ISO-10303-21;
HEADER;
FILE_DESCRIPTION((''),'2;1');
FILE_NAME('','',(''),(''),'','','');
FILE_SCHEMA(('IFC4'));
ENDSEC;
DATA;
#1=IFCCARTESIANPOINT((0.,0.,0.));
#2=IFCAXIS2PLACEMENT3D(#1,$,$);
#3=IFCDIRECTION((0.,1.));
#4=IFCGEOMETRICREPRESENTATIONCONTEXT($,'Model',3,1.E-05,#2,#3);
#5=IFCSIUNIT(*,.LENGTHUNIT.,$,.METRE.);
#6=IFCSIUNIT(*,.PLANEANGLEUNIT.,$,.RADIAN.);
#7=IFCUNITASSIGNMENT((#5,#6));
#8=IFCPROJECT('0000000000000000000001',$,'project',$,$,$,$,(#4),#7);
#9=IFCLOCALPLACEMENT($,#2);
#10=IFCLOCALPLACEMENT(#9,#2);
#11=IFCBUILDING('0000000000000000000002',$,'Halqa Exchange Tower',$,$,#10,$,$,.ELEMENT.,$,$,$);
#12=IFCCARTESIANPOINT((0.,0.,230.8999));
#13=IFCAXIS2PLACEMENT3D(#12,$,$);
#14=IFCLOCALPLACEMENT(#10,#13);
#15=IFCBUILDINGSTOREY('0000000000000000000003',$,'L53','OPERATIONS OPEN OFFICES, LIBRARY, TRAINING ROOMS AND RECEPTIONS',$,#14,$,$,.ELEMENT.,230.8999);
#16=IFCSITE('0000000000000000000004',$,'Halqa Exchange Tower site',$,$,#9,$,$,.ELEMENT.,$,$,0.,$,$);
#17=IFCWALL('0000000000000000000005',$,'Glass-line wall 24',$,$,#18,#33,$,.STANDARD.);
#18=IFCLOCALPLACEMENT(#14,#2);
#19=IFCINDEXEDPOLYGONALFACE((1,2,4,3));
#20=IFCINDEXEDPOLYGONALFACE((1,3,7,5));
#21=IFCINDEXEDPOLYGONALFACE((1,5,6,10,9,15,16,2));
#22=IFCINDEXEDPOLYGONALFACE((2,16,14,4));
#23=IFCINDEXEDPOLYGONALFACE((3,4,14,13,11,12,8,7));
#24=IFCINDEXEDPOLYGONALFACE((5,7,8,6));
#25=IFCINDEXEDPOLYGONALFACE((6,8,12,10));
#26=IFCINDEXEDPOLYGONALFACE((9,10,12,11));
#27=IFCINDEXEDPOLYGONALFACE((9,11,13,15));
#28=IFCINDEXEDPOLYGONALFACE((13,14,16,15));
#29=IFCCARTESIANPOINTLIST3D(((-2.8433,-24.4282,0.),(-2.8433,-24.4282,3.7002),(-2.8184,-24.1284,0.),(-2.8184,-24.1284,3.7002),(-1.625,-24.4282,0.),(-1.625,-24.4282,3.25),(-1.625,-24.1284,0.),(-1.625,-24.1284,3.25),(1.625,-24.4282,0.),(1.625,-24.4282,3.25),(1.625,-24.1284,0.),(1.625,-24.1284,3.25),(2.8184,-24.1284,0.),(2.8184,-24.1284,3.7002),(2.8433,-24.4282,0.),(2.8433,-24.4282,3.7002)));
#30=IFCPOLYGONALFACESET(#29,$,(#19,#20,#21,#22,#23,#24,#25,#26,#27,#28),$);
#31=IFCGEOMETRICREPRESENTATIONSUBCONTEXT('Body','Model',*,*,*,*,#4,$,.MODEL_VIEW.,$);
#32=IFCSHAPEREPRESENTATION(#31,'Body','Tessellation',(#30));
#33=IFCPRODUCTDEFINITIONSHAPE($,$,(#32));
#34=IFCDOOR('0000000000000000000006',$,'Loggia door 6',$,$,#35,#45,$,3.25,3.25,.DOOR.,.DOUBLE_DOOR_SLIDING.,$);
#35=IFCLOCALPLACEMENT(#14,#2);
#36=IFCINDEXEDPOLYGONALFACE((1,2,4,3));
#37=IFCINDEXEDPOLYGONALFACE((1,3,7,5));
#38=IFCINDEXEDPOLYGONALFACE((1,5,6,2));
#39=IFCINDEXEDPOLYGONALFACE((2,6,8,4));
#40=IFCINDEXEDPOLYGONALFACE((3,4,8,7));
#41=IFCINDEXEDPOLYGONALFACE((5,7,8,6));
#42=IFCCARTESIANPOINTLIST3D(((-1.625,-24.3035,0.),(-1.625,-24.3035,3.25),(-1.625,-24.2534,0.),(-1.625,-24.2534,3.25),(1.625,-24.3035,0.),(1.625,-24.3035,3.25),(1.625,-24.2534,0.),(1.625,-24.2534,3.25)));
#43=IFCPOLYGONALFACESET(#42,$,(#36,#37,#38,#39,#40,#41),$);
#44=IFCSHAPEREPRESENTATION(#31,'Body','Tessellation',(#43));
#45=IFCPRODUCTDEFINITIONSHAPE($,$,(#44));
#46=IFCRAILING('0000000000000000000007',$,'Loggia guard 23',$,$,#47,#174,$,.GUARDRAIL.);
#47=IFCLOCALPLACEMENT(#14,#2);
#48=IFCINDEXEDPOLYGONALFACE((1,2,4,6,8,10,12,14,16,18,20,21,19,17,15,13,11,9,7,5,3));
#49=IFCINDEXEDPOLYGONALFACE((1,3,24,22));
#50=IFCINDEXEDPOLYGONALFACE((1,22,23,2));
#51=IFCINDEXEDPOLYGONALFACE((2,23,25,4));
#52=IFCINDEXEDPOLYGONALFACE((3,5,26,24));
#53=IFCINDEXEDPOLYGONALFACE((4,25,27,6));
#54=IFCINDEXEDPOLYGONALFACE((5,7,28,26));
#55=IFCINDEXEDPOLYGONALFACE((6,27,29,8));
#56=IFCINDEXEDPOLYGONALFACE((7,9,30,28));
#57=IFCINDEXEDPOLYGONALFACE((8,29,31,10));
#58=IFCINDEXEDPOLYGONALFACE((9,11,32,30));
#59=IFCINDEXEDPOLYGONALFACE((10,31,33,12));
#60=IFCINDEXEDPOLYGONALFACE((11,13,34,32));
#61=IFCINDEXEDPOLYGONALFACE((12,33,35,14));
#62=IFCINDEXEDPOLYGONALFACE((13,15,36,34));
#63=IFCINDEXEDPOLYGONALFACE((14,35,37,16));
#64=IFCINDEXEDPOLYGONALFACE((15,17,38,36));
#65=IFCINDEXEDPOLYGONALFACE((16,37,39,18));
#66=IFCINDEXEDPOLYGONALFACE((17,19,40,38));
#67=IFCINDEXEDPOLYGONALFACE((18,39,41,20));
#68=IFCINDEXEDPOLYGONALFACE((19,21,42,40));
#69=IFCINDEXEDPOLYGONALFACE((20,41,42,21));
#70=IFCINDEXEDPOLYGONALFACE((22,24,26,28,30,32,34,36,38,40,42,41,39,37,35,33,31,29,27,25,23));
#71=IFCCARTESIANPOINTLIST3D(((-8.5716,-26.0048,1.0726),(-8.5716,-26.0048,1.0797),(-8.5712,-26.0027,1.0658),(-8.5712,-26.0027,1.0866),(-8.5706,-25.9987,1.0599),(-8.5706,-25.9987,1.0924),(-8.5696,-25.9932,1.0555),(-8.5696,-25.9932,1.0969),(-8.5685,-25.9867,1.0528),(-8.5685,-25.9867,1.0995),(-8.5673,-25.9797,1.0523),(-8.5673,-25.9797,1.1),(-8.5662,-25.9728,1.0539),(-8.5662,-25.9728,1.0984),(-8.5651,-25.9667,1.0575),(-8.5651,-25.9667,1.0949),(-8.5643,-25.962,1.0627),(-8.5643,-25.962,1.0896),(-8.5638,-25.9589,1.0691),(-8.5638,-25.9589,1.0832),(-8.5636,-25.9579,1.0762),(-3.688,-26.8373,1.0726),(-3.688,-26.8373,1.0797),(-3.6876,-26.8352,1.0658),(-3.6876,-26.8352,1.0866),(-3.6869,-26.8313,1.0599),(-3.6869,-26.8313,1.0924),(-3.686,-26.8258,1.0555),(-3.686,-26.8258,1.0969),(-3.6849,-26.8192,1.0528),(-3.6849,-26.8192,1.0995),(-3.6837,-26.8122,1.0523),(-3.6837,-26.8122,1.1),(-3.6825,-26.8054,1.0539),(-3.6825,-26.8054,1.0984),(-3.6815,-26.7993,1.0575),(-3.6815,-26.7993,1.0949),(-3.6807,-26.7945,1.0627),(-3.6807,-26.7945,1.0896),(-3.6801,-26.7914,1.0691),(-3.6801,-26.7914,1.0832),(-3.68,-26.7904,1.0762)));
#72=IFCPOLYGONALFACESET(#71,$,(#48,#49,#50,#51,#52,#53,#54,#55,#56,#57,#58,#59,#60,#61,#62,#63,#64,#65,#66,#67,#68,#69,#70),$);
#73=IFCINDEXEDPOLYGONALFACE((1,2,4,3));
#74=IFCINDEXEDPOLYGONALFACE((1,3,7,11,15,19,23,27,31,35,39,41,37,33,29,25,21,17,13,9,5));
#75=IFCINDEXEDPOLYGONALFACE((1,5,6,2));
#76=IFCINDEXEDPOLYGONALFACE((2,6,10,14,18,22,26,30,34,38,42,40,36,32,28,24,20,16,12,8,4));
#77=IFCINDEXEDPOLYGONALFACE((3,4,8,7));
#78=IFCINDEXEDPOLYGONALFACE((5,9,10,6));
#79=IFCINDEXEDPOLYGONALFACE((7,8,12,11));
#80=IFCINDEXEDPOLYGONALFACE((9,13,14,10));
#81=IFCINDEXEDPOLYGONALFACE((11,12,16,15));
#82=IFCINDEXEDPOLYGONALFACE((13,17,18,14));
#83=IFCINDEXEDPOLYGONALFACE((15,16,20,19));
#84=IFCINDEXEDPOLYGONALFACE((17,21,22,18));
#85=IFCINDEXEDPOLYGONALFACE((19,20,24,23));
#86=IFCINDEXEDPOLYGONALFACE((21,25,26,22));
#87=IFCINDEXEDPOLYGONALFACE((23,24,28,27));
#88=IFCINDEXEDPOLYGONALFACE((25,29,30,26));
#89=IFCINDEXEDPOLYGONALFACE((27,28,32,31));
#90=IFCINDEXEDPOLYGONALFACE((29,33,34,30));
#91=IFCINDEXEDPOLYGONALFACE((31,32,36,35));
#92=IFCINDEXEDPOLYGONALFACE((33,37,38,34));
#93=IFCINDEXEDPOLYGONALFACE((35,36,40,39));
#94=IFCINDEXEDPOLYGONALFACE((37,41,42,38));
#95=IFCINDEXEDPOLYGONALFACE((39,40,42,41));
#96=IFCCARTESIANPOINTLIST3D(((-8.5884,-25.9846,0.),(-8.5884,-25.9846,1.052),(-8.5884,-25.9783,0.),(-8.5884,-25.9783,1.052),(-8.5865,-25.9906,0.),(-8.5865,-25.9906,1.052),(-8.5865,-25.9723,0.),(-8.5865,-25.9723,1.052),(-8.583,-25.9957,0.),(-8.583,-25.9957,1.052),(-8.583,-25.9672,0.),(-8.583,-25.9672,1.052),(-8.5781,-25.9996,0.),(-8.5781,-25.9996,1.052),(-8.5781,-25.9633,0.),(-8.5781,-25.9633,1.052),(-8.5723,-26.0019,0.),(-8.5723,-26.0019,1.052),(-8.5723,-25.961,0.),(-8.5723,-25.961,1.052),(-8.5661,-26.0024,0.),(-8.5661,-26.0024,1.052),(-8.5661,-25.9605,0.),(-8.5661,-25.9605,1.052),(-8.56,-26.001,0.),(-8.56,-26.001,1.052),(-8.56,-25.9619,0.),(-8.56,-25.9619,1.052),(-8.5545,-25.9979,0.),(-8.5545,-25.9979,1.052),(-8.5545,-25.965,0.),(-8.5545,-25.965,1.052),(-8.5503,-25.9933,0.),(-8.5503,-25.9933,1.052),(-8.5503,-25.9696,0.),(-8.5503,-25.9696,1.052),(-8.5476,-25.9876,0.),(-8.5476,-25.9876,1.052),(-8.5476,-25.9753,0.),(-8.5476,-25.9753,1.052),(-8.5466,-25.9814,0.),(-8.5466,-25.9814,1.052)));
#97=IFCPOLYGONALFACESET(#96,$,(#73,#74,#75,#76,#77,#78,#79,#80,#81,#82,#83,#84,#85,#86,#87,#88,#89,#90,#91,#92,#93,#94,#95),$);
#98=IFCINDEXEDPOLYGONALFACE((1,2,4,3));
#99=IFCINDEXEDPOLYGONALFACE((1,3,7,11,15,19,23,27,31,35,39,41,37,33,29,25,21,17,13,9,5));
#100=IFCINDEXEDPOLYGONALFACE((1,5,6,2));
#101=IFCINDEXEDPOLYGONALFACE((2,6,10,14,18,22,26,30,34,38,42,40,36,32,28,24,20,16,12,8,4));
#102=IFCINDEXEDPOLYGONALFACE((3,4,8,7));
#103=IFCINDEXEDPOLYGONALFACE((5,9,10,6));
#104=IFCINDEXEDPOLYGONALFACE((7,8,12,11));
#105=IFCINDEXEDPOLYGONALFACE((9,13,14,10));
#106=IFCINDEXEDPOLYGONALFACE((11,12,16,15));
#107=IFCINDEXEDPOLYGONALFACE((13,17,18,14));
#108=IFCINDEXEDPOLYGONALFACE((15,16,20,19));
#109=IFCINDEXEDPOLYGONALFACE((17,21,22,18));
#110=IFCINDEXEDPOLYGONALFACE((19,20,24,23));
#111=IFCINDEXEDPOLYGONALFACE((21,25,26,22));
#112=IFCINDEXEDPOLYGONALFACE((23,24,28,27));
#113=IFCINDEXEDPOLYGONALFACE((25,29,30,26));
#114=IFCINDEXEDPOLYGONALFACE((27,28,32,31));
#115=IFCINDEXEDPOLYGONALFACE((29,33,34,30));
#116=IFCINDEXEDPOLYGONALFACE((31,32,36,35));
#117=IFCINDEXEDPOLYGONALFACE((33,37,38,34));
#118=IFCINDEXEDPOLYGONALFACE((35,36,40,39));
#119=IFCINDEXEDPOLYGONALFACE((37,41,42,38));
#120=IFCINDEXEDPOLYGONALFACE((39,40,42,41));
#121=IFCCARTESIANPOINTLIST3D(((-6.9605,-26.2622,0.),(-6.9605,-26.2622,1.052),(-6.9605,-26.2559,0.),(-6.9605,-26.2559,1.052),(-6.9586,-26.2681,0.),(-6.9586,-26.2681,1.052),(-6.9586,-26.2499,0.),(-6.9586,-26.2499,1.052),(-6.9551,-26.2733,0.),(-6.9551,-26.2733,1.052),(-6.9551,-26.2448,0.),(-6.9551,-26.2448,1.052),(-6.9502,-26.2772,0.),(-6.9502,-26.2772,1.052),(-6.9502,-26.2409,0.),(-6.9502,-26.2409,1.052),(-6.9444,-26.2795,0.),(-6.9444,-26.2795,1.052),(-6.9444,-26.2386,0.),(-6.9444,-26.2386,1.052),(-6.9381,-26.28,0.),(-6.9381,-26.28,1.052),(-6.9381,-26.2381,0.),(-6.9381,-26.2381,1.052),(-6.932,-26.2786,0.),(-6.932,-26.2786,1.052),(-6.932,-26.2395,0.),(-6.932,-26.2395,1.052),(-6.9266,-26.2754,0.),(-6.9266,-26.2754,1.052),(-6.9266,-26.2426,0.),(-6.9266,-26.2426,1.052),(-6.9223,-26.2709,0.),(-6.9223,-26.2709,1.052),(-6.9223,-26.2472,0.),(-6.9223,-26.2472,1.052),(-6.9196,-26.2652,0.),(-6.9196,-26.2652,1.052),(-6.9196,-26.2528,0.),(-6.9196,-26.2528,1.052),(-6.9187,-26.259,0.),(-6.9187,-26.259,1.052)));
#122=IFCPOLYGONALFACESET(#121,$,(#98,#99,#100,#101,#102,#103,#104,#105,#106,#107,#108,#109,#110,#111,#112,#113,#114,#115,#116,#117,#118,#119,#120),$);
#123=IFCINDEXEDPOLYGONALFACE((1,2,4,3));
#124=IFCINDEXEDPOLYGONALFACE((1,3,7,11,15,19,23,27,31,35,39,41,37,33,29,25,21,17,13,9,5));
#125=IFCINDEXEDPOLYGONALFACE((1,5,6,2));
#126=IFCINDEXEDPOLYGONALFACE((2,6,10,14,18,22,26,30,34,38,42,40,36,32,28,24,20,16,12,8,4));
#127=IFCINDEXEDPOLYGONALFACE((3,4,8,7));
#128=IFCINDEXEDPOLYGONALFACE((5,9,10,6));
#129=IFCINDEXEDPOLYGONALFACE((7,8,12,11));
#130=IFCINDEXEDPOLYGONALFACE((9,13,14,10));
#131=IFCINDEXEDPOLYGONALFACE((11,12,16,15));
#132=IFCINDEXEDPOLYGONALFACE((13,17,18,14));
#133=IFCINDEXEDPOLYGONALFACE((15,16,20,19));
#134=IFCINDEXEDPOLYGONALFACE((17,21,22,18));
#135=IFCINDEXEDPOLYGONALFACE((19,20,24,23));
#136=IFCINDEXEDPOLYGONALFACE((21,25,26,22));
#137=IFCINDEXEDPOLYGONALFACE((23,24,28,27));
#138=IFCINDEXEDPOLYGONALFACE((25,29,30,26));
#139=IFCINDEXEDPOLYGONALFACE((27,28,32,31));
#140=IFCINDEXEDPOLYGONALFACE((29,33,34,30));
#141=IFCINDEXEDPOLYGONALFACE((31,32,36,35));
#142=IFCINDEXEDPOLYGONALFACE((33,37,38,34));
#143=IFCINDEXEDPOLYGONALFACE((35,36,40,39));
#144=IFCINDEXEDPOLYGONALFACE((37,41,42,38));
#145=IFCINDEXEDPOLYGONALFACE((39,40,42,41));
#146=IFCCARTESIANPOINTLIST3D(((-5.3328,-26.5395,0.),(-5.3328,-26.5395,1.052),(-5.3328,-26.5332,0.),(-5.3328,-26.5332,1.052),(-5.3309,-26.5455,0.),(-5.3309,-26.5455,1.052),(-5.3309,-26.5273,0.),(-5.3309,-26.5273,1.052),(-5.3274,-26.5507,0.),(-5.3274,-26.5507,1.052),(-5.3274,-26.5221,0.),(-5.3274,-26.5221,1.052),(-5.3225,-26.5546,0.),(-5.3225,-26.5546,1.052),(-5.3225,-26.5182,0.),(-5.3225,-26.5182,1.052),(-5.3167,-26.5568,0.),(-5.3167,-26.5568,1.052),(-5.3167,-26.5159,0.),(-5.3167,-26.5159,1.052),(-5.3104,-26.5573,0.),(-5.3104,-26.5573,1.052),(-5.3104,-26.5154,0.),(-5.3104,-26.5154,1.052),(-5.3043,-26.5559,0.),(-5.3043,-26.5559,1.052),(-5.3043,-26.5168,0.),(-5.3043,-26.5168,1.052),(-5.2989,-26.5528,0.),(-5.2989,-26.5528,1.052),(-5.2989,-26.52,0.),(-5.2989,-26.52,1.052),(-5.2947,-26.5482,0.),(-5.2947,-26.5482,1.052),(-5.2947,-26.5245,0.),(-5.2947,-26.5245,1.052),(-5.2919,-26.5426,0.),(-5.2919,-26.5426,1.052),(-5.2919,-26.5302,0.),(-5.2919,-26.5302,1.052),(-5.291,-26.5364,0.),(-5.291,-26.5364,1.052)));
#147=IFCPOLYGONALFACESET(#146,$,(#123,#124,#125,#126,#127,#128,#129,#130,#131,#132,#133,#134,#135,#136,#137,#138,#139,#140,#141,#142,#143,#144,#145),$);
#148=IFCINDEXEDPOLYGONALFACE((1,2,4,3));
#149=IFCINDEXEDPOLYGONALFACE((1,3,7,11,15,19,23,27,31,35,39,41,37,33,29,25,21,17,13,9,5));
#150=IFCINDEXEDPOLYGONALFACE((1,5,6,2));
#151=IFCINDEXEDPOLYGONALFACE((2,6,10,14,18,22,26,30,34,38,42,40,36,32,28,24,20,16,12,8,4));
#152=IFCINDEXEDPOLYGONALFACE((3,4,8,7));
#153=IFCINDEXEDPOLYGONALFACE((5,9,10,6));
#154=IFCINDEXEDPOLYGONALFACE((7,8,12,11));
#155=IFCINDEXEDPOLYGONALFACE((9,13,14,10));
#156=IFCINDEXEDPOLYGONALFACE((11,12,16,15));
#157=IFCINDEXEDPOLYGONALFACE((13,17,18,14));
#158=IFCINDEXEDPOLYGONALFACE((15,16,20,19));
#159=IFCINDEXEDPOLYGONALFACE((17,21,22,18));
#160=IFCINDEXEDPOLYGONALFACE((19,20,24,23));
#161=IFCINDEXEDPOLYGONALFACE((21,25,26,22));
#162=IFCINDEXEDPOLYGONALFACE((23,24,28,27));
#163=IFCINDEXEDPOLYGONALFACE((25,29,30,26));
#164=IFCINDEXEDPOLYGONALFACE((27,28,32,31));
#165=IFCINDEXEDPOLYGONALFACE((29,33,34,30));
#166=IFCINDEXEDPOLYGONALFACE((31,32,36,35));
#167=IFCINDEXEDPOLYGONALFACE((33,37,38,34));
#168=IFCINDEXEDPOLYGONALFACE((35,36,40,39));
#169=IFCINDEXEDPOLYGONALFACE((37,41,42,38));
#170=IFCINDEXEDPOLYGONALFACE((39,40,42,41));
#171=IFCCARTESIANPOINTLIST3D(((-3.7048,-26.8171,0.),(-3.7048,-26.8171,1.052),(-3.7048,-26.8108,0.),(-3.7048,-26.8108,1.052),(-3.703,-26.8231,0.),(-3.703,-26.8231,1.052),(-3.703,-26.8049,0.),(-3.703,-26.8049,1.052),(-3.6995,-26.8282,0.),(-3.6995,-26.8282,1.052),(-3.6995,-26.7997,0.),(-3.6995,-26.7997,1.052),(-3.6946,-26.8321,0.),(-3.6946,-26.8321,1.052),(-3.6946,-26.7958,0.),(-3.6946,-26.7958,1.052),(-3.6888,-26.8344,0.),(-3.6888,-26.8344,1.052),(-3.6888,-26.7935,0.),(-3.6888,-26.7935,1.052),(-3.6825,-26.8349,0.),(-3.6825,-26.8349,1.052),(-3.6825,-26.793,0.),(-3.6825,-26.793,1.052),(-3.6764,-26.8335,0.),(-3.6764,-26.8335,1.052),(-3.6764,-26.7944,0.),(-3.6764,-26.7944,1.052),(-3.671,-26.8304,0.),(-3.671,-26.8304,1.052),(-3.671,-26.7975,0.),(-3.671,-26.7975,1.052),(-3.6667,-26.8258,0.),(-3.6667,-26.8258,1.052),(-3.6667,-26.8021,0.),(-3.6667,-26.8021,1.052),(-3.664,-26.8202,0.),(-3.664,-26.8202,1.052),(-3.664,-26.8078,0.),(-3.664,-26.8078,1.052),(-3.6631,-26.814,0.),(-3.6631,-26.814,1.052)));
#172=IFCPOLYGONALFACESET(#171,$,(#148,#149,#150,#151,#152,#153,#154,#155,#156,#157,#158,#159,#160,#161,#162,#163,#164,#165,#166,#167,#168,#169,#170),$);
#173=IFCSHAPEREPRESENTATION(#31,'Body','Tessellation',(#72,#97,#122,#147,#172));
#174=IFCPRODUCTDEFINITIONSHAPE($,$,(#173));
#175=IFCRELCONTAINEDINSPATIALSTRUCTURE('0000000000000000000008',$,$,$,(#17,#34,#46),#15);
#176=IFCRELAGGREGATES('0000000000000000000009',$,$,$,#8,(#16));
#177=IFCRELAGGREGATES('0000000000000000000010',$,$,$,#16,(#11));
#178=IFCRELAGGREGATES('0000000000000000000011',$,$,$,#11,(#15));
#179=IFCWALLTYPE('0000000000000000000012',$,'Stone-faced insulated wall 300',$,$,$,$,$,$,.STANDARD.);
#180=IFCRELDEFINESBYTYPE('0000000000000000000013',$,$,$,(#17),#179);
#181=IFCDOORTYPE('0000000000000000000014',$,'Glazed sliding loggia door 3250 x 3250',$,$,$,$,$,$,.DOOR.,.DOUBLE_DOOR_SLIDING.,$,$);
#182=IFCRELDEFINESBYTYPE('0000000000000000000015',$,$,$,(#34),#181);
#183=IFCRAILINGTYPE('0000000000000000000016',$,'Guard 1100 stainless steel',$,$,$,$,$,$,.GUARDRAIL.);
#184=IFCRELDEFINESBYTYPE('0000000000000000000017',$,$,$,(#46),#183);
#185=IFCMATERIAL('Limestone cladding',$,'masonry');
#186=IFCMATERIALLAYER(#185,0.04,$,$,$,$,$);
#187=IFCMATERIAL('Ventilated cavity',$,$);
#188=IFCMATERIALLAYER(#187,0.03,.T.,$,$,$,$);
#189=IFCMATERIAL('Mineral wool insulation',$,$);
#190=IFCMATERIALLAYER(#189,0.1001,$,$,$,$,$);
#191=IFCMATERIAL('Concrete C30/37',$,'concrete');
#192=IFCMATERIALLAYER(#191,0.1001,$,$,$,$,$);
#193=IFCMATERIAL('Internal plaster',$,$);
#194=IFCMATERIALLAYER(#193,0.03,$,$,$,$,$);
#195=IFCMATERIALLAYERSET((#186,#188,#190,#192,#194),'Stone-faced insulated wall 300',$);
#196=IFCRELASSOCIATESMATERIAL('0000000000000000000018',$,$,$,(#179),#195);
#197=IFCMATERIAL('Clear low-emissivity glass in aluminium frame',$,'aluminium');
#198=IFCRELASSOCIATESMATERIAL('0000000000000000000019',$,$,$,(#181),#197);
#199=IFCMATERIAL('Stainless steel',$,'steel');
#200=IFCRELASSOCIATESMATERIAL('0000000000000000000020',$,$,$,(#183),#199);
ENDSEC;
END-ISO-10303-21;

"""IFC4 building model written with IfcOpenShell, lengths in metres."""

from ifc_helpers import new_model, si_unit, direction, frame, frame_2d, origin, origin_2d, place, context, subcontext, project, spatial, polyline, rectangle, circle, outline, extrude, material, layer, layer_set, type_object, element, fill, save


model = new_model("IFC4")

# Units and contexts
model_context = context("Model", 3, precision=1e-05, world=origin(), true_north=direction((0.0, 1.0)))
body_context = subcontext(model_context, "Body", "Model", "MODEL_VIEW")
ifc_project = project(units=[si_unit("LENGTHUNIT", "METRE"), si_unit("PLANEANGLEUNIT", "RADIAN")], contexts=[model_context])

# Site, building, storey
site_placement = place(None, origin())
site = spatial("IfcSite", under=ifc_project, at=site_placement, Name="Halqa Exchange Tower site", CompositionType="ELEMENT", RefElevation=0.0)
building_placement = place(site_placement, origin())
building = spatial("IfcBuilding", under=site, at=building_placement, Name="Halqa Exchange Tower", CompositionType="ELEMENT")
storey_placement = place(building_placement, frame((0.0, 0.0, 230.8999)))
storey = spatial("IfcBuildingStorey", under=building, at=storey_placement, Name="L53", Description="OPERATIONS OPEN OFFICES, LIBRARY, TRAINING ROOMS AND RECEPTIONS", CompositionType="ELEMENT", Elevation=230.8999)

# Shared definitions
ifc_material_1 = material(Name="Concrete C30/37", Category="concrete")

# Shared definitions
ifc_material_2 = material(Name="Limestone cladding", Category="masonry")
ifc_layer_1 = layer(ifc_material_2, 0.04)
ifc_material_3 = material(Name="Ventilated cavity")
ifc_layer_2 = layer(ifc_material_3, 0.03, ventilated=True)
ifc_material_4 = material(Name="Mineral wool insulation")
ifc_layer_3 = layer(ifc_material_4, 0.1001)
ifc_layer_4 = layer(ifc_material_1, 0.1001)
ifc_material_5 = material(Name="Internal plaster")
ifc_layer_5 = layer(ifc_material_5, 0.03)
ifc_layer_set_1 = layer_set([ifc_layer_1, ifc_layer_2, ifc_layer_3, ifc_layer_4, ifc_layer_5], Name="Stone-faced insulated wall 300")
wall_type_1 = type_object("IfcWallType", Name="Stone-faced insulated wall 300", PredefinedType="STANDARD", material=ifc_layer_set_1)
ifc_material_6 = material(Name="Clear low-emissivity glass in aluminium frame", Category="aluminium")

# Wall, opening, door
wall_1_placement = place(storey_placement, frame((-2.8308, -24.2783, 0.0), z_axis=(0.0, 0.0, 1.0), x_axis=(1.0, 0.0, 0.0)))
wall_1 = element("IfcWall", 1, at=wall_1_placement, inside=storey, type_object=wall_type_1, Name="Glass-line wall 24", PredefinedType="STANDARD", context=body_context, shape_type="SweptSolid", body=[
    extrude(outline(polyline([(-0.0125, -0.1499), (5.6741, -0.1499), (5.6492, 0.1499), (0.0125, 0.1499), (-0.0125, -0.1499)])), origin(), (0.0, 0.0, 1.0), 3.7002),
])
opening_1_placement = place(wall_1_placement, frame((1.2058, 0.0, 0.0)))
opening_1 = element("IfcOpeningElement", 2, at=opening_1_placement, cuts=wall_1, PredefinedType="OPENING", context=body_context, shape_type="SweptSolid", body=[
    extrude(rectangle(XDim=3.25, YDim=3.25, at=frame_2d((1.625, 1.625))), frame((0.0, 0.1621, 0.0), z_axis=(0.0, -1.0, 0.0), x_axis=(1.0, 0.0, 0.0)), (0.0, 0.0, 1.0), 0.324),
])
door_type_1 = type_object("IfcDoorType", Name="Glazed sliding loggia door 3250 x 3250", OperationType="DOUBLE_DOOR_SLIDING", PredefinedType="DOOR", material=ifc_material_6)
door_1_placement = place(opening_1_placement, origin())
door_1 = element("IfcDoor", 3, at=door_1_placement, inside=storey, type_object=door_type_1, Name="Loggia door 6", OperationType="DOUBLE_DOOR_SLIDING", OverallHeight=3.25, OverallWidth=3.25, PredefinedType="DOOR", context=body_context, shape_type="SweptSolid", body=[
    extrude(rectangle(XDim=3.25, YDim=3.25, at=frame_2d((1.625, 1.625))), frame((0.0, 0.0249, 0.0), z_axis=(0.0, -1.0, 0.0), x_axis=(1.0, 0.0, 0.0)), (0.0, 0.0, 1.0), 0.05),
])
fill(opening_1, door_1)

# Railing
ifc_material_7 = material(Name="Stainless steel", Category="steel")
railing_type = type_object("IfcRailingType", Name="Guard 1100 stainless steel", PredefinedType="GUARDRAIL", material=ifc_material_7)
railing_1_placement = place(storey_placement, frame((-8.5676, -25.9814, 0.0)))
element("IfcRailing", 4, at=railing_1_placement, inside=storey, type_object=railing_type, Name="Loggia guard 23", PredefinedType="GUARDRAIL", context=body_context, shape_type="SweptSolid", body=[
    extrude(circle(Radius=0.0239, at=origin_2d()), frame((0.0, 0.0, 1.0762), z_axis=(0.985778, -0.16805, 0.0), x_axis=(0.16805, 0.985778, 0.0)), (0.0, 0.0, 1.0), 4.9541),
    extrude(circle(Radius=0.021, at=origin_2d()), origin(), (0.0, 0.0, 1.0), 1.052),
    extrude(circle(Radius=0.021, at=origin_2d()), frame((1.6279, -0.2776, 0.0)), (0.0, 0.0, 1.0), 1.052),
    extrude(circle(Radius=0.021, at=origin_2d()), frame((3.2556, -0.5549, 0.0)), (0.0, 0.0, 1.0), 1.052),
    extrude(circle(Radius=0.021, at=origin_2d()), frame((4.8835, -0.8325, 0.0)), (0.0, 0.0, 1.0), 1.052),
])

save(model, "model.ifc")
